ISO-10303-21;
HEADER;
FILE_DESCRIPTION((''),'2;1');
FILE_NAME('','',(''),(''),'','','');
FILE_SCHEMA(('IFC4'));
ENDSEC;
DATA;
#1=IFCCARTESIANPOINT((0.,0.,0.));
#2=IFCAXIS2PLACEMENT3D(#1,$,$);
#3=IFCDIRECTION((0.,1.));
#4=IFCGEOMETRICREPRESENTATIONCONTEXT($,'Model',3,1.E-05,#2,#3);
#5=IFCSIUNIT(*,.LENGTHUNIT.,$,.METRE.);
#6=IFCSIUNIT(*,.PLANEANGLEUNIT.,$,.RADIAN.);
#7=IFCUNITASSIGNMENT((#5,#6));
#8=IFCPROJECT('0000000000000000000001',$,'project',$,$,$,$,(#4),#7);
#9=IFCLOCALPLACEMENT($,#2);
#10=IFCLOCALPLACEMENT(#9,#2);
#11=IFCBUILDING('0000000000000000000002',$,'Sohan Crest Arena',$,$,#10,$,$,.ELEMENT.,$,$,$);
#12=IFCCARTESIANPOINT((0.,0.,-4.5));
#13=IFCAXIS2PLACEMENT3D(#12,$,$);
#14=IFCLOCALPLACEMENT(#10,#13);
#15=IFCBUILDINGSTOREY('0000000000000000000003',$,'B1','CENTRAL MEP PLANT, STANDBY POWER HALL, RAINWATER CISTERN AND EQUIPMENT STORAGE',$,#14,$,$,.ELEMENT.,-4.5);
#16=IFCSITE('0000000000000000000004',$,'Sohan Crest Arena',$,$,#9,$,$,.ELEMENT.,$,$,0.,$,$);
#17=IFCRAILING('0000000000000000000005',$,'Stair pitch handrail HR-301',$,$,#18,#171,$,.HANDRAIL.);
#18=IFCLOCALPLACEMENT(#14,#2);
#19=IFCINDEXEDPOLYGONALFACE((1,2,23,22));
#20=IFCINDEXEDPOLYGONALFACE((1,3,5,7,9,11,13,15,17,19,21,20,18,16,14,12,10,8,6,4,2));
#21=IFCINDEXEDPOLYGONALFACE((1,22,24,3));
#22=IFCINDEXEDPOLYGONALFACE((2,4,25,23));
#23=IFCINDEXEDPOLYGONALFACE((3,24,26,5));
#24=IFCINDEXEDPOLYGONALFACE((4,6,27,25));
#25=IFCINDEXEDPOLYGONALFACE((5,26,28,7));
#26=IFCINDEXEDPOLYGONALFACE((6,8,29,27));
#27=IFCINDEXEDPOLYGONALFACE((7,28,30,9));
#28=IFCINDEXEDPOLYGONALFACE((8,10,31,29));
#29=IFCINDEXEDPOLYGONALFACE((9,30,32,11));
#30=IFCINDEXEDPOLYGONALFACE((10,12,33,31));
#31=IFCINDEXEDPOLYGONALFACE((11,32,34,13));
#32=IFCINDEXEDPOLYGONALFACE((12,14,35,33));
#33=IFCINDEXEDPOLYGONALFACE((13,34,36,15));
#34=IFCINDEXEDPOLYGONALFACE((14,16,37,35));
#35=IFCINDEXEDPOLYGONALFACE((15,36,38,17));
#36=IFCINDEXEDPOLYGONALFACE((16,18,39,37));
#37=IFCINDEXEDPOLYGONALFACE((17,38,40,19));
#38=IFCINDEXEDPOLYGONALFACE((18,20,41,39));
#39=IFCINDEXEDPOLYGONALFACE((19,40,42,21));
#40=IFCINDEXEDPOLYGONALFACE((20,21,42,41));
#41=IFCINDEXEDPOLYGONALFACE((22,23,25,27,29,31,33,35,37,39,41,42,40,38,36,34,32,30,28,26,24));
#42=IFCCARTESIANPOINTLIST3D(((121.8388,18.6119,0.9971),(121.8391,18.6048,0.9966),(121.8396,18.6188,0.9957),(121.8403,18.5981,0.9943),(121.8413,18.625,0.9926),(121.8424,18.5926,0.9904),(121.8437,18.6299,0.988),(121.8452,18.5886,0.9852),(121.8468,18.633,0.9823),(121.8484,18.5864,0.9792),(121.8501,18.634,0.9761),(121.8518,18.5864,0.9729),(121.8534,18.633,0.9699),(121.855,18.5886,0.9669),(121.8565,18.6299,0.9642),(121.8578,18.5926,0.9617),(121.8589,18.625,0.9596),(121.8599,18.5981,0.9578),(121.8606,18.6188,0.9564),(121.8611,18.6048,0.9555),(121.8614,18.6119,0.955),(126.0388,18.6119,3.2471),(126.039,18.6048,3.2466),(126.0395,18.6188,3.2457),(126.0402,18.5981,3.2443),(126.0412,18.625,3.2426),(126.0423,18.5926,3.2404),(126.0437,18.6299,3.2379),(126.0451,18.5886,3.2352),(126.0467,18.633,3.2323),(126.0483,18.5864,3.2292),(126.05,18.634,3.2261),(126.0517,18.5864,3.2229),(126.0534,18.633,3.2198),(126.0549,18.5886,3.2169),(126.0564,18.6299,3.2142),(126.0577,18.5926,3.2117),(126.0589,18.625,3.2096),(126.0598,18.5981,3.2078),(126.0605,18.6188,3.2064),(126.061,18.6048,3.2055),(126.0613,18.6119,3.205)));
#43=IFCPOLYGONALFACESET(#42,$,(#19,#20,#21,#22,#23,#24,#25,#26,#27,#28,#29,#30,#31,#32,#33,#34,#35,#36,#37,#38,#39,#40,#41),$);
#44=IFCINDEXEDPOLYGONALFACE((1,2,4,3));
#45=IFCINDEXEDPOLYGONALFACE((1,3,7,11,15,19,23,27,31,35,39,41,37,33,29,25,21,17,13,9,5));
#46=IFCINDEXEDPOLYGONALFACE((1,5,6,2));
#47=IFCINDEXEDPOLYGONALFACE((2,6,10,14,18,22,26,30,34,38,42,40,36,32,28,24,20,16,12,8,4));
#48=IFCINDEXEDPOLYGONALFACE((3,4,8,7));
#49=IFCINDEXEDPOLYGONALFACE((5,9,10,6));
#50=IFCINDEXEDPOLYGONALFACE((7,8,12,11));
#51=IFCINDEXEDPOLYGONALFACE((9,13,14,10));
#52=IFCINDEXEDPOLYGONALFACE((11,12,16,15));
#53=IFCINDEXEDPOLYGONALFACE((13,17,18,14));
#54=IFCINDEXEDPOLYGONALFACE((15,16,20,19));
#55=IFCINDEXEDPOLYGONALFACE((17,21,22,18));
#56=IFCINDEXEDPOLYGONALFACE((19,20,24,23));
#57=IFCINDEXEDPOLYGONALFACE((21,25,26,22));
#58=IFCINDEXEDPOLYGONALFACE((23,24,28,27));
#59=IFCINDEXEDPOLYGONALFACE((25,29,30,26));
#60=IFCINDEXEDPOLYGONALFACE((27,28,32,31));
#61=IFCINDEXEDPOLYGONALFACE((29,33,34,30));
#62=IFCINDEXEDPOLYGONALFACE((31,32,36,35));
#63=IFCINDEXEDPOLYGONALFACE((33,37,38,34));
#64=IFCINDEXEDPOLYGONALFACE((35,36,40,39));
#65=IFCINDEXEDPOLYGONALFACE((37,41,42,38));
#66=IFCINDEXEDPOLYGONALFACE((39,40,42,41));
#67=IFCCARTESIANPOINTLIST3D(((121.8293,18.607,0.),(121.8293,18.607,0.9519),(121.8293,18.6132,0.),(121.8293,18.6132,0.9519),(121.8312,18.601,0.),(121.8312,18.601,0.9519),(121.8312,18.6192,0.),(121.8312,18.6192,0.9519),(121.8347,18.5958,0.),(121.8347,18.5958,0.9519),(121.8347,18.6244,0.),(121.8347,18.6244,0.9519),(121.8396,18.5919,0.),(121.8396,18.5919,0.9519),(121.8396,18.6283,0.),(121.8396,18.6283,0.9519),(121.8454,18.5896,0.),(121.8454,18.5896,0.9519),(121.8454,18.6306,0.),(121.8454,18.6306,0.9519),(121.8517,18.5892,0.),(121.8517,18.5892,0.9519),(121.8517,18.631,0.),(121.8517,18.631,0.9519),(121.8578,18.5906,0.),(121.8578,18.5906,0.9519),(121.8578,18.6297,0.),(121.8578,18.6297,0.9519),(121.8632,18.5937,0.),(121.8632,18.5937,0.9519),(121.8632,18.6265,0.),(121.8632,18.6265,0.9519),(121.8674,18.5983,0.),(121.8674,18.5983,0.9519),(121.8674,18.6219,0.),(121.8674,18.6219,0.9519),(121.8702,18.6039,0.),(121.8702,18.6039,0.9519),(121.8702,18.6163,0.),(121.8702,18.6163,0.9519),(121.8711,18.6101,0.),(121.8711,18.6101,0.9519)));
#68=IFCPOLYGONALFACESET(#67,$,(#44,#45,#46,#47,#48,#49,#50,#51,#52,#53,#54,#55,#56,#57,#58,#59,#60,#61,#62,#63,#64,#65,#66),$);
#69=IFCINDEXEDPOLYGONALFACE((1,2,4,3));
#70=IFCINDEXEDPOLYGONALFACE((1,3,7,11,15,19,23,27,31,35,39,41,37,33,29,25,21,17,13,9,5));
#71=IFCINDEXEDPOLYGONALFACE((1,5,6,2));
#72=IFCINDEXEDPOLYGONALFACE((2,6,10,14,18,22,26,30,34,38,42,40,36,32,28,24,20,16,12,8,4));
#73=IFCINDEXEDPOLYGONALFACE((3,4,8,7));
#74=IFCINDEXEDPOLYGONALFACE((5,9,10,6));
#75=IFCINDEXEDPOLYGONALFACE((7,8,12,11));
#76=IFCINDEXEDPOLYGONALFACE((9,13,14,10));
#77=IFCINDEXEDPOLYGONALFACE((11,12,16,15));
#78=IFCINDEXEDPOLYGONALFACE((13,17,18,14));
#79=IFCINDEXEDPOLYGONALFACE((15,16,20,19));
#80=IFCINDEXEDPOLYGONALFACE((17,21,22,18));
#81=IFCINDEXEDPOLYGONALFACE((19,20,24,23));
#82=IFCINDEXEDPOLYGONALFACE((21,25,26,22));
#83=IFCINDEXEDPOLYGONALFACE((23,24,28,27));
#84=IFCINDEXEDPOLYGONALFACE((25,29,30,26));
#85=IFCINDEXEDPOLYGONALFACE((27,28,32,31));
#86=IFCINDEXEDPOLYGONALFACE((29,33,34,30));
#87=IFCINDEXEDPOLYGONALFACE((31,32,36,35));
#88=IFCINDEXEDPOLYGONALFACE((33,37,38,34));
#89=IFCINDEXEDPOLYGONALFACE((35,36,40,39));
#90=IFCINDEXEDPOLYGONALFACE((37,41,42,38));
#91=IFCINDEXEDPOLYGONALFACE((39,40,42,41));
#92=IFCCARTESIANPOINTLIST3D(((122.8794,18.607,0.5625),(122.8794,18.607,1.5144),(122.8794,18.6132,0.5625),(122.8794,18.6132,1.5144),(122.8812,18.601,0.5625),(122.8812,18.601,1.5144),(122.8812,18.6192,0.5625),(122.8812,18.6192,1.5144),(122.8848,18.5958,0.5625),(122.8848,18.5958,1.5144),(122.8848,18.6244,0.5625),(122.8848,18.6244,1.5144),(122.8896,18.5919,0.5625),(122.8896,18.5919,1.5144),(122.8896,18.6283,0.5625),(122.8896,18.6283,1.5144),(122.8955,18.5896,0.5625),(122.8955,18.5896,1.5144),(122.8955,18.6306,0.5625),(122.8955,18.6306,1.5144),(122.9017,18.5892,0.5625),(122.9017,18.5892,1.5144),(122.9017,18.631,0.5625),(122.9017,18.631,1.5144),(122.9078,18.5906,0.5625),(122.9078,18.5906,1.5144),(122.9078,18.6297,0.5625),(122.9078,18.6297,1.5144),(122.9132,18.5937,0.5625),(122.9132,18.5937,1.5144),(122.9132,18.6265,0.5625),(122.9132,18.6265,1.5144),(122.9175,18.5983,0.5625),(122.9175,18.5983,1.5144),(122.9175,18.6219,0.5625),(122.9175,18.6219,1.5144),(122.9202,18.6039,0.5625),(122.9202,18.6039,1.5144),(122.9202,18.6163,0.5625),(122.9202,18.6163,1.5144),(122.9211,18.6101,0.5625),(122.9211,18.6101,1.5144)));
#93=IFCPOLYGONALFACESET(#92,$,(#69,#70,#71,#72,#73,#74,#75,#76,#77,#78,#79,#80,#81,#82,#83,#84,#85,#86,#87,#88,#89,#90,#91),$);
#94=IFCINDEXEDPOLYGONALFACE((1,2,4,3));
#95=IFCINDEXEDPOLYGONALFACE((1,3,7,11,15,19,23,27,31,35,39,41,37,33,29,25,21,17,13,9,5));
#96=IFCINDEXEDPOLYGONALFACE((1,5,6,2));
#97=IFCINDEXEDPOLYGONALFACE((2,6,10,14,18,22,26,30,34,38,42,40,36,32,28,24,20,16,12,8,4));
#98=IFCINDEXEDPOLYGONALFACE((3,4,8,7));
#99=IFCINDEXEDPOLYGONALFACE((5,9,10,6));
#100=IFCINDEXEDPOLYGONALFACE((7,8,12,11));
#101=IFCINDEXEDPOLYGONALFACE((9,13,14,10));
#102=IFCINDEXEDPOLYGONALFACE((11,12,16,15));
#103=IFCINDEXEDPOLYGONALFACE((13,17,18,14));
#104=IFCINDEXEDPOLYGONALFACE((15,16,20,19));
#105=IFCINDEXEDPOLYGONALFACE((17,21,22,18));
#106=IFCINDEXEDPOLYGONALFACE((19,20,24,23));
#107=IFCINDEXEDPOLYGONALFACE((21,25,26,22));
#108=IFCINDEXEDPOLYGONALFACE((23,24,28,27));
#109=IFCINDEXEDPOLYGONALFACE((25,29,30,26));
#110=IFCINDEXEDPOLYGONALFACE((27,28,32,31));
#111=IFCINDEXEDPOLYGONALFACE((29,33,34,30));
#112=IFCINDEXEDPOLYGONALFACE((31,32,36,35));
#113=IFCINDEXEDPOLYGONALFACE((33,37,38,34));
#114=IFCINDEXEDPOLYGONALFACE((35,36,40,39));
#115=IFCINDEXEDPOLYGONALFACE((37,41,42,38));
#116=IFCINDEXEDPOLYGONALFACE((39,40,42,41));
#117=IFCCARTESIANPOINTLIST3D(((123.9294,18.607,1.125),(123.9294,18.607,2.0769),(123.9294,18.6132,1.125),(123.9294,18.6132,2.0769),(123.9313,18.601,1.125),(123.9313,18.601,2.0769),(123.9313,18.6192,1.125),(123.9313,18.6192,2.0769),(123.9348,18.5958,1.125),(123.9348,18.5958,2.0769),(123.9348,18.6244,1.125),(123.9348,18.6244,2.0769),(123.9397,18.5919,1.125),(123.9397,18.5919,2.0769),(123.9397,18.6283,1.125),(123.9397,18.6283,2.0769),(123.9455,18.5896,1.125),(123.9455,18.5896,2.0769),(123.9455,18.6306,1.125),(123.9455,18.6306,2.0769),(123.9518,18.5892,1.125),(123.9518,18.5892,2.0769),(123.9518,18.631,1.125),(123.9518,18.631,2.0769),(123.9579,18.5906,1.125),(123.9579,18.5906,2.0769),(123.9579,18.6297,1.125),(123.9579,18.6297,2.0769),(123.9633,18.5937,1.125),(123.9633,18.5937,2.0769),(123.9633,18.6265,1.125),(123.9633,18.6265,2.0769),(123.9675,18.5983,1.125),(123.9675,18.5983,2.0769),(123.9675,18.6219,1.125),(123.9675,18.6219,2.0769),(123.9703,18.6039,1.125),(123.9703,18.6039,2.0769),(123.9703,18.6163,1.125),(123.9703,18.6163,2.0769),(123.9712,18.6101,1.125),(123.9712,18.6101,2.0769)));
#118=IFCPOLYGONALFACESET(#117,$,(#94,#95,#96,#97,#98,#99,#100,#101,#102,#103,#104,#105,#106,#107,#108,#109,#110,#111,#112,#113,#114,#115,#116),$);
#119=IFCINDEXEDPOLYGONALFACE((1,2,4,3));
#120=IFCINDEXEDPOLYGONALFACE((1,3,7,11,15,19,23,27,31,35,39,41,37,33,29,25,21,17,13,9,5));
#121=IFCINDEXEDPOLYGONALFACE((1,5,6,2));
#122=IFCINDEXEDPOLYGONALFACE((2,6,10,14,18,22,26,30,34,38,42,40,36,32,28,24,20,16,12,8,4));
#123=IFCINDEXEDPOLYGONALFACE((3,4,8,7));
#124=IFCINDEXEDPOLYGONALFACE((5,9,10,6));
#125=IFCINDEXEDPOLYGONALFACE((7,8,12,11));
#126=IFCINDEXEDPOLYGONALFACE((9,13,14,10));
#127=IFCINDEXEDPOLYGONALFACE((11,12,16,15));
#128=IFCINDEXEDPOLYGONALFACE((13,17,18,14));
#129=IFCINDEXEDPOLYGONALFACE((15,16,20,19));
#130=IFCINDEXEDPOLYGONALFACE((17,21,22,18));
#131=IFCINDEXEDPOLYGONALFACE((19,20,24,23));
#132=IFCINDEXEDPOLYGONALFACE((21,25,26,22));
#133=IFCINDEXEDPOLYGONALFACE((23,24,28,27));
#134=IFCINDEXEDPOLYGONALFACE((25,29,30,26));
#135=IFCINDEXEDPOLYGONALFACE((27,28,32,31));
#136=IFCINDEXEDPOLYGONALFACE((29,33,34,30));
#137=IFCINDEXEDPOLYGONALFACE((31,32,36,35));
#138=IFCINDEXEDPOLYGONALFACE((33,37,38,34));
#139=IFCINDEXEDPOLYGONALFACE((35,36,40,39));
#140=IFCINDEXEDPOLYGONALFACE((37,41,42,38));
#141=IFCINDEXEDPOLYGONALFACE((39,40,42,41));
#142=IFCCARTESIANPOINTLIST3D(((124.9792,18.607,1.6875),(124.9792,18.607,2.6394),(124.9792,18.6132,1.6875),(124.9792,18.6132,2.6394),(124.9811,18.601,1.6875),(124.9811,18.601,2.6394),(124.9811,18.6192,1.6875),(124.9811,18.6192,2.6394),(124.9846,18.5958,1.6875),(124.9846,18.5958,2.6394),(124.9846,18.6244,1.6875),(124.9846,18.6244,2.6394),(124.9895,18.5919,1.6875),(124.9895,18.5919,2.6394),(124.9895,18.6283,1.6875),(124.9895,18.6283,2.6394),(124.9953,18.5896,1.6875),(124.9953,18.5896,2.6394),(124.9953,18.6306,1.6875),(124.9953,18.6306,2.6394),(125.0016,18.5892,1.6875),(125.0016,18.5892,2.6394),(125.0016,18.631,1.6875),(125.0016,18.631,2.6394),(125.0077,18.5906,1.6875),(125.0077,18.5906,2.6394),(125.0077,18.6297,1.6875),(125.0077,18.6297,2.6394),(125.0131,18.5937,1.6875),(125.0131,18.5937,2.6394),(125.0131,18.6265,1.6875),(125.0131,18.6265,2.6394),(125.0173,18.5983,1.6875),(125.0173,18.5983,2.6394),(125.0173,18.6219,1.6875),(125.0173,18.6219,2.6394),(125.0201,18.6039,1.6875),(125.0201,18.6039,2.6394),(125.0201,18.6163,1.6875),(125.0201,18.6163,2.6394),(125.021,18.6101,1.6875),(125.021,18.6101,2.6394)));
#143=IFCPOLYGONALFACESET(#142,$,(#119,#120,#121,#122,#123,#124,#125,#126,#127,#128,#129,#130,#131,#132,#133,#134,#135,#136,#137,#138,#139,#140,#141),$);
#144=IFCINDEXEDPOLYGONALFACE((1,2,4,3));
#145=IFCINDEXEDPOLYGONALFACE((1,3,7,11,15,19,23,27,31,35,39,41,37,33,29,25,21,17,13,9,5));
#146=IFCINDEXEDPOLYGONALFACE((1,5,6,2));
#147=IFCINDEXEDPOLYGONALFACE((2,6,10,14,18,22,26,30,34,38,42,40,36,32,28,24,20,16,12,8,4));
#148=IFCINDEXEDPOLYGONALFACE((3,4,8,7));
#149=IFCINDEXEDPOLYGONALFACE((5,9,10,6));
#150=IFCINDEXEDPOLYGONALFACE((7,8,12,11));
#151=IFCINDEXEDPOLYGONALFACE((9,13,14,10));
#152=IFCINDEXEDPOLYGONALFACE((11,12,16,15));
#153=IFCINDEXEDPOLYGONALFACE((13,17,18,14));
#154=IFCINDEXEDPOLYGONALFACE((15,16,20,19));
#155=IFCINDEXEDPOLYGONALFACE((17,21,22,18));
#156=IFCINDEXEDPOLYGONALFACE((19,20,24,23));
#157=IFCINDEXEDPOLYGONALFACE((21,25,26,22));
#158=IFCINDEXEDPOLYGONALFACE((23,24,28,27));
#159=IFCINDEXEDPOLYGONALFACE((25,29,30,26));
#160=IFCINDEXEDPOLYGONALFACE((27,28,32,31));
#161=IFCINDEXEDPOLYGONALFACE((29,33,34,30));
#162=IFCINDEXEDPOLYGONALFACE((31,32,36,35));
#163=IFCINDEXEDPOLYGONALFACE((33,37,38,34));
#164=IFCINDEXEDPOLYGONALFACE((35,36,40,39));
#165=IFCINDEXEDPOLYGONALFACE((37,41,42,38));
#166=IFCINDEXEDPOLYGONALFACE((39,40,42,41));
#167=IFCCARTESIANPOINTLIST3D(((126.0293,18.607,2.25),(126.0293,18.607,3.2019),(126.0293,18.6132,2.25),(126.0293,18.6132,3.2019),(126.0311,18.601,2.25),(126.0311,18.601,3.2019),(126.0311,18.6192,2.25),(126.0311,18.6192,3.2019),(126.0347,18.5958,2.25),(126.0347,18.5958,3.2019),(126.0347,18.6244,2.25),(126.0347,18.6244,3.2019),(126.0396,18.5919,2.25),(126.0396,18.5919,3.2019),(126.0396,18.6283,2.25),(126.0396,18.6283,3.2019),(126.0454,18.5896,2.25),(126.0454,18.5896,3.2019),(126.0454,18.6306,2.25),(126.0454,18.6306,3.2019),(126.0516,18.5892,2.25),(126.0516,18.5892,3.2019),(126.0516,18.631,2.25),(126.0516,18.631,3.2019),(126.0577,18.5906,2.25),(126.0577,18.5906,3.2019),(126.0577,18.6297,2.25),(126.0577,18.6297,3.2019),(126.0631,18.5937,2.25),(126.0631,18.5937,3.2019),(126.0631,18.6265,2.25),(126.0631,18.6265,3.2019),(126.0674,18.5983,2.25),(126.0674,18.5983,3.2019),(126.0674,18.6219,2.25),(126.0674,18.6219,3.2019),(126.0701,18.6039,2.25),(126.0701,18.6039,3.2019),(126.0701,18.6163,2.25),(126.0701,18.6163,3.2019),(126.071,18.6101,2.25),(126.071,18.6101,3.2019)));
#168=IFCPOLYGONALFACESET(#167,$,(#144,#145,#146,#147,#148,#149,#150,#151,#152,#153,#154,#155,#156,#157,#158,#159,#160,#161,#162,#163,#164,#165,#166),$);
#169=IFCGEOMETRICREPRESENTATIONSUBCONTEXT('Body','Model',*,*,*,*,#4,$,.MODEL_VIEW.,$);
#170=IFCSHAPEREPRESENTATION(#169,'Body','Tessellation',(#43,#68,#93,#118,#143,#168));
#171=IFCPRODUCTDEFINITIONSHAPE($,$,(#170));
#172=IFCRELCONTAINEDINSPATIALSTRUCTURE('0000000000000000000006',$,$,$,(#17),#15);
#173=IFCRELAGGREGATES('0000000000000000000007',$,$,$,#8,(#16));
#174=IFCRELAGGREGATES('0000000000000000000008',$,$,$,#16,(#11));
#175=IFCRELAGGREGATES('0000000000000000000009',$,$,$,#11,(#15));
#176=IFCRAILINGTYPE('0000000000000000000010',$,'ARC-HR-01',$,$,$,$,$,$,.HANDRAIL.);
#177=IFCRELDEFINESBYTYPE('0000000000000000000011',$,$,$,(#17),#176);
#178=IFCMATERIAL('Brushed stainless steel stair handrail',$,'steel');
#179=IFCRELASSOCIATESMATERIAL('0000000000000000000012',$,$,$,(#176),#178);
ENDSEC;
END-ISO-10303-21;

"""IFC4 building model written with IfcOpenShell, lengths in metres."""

from ifc_helpers import new_model, si_unit, direction, frame, origin, origin_2d, place, context, subcontext, project, spatial, circle, extrude, material, type_object, element, save


model = new_model("IFC4")

# Units and contexts
model_context = context("Model", 3, precision=1e-05, world=origin(), true_north=direction((0.0, 1.0)))
body_context = subcontext(model_context, "Body", "Model", "MODEL_VIEW")
ifc_project = project(units=[si_unit("LENGTHUNIT", "METRE"), si_unit("PLANEANGLEUNIT", "RADIAN")], contexts=[model_context])

# Site, building, storey
site_placement = place(None, origin())
site = spatial("IfcSite", under=ifc_project, at=site_placement, Name="Sohan Crest Arena", CompositionType="ELEMENT", RefElevation=0.0)
building_placement = place(site_placement, origin())
building = spatial("IfcBuilding", under=site, at=building_placement, Name="Sohan Crest Arena", CompositionType="ELEMENT")
storey_placement = place(building_placement, frame((0.0, 0.0, -4.5)))
storey = spatial("IfcBuildingStorey", under=building, at=storey_placement, Name="B1", Description="CENTRAL MEP PLANT, STANDBY POWER HALL, RAINWATER CISTERN AND EQUIPMENT STORAGE", CompositionType="ELEMENT", Elevation=-4.5)

# Railing
ifc_material_1 = material(Name="Brushed stainless steel stair handrail", Category="steel")
railing_type_1 = type_object("IfcRailingType", Name="ARC-HR-01", PredefinedType="HANDRAIL", material=ifc_material_1)
for number, where, name in (
    (1, (121.8501, 18.6101, 0.0), "Stair pitch handrail HR-301"),
):
    element("IfcRailing", number, at=place(storey_placement, frame(where)), inside=storey, type_object=railing_type_1, Name=name, PredefinedType="HANDRAIL", context=body_context, shape_type="SweptSolid", body=[
        extrude(circle(Radius=0.0239, at=origin_2d()), frame((0.0, 0.0, 0.9761), z_axis=(0.881478, 0.0, 0.472226), x_axis=(0.0, 1.0, 0.0)), (0.0, 0.0, 1.0), 4.7646),
        extrude(circle(Radius=0.021, at=origin_2d()), origin(), (0.0, 0.0, 1.0), 0.9519),
        extrude(circle(Radius=0.021, at=origin_2d()), frame((1.05, 0.0, 0.5625)), (0.0, 0.0, 1.0), 0.9519),
        extrude(circle(Radius=0.021, at=origin_2d()), frame((2.1001, 0.0, 1.125)), (0.0, 0.0, 1.0), 0.9519),
        extrude(circle(Radius=0.021, at=origin_2d()), frame((3.1499, 0.0, 1.6875)), (0.0, 0.0, 1.0), 0.9519),
        extrude(circle(Radius=0.021, at=origin_2d()), frame((4.2, 0.0, 2.25)), (0.0, 0.0, 1.0), 0.9519),
    ])

save(model, "model.ifc")
